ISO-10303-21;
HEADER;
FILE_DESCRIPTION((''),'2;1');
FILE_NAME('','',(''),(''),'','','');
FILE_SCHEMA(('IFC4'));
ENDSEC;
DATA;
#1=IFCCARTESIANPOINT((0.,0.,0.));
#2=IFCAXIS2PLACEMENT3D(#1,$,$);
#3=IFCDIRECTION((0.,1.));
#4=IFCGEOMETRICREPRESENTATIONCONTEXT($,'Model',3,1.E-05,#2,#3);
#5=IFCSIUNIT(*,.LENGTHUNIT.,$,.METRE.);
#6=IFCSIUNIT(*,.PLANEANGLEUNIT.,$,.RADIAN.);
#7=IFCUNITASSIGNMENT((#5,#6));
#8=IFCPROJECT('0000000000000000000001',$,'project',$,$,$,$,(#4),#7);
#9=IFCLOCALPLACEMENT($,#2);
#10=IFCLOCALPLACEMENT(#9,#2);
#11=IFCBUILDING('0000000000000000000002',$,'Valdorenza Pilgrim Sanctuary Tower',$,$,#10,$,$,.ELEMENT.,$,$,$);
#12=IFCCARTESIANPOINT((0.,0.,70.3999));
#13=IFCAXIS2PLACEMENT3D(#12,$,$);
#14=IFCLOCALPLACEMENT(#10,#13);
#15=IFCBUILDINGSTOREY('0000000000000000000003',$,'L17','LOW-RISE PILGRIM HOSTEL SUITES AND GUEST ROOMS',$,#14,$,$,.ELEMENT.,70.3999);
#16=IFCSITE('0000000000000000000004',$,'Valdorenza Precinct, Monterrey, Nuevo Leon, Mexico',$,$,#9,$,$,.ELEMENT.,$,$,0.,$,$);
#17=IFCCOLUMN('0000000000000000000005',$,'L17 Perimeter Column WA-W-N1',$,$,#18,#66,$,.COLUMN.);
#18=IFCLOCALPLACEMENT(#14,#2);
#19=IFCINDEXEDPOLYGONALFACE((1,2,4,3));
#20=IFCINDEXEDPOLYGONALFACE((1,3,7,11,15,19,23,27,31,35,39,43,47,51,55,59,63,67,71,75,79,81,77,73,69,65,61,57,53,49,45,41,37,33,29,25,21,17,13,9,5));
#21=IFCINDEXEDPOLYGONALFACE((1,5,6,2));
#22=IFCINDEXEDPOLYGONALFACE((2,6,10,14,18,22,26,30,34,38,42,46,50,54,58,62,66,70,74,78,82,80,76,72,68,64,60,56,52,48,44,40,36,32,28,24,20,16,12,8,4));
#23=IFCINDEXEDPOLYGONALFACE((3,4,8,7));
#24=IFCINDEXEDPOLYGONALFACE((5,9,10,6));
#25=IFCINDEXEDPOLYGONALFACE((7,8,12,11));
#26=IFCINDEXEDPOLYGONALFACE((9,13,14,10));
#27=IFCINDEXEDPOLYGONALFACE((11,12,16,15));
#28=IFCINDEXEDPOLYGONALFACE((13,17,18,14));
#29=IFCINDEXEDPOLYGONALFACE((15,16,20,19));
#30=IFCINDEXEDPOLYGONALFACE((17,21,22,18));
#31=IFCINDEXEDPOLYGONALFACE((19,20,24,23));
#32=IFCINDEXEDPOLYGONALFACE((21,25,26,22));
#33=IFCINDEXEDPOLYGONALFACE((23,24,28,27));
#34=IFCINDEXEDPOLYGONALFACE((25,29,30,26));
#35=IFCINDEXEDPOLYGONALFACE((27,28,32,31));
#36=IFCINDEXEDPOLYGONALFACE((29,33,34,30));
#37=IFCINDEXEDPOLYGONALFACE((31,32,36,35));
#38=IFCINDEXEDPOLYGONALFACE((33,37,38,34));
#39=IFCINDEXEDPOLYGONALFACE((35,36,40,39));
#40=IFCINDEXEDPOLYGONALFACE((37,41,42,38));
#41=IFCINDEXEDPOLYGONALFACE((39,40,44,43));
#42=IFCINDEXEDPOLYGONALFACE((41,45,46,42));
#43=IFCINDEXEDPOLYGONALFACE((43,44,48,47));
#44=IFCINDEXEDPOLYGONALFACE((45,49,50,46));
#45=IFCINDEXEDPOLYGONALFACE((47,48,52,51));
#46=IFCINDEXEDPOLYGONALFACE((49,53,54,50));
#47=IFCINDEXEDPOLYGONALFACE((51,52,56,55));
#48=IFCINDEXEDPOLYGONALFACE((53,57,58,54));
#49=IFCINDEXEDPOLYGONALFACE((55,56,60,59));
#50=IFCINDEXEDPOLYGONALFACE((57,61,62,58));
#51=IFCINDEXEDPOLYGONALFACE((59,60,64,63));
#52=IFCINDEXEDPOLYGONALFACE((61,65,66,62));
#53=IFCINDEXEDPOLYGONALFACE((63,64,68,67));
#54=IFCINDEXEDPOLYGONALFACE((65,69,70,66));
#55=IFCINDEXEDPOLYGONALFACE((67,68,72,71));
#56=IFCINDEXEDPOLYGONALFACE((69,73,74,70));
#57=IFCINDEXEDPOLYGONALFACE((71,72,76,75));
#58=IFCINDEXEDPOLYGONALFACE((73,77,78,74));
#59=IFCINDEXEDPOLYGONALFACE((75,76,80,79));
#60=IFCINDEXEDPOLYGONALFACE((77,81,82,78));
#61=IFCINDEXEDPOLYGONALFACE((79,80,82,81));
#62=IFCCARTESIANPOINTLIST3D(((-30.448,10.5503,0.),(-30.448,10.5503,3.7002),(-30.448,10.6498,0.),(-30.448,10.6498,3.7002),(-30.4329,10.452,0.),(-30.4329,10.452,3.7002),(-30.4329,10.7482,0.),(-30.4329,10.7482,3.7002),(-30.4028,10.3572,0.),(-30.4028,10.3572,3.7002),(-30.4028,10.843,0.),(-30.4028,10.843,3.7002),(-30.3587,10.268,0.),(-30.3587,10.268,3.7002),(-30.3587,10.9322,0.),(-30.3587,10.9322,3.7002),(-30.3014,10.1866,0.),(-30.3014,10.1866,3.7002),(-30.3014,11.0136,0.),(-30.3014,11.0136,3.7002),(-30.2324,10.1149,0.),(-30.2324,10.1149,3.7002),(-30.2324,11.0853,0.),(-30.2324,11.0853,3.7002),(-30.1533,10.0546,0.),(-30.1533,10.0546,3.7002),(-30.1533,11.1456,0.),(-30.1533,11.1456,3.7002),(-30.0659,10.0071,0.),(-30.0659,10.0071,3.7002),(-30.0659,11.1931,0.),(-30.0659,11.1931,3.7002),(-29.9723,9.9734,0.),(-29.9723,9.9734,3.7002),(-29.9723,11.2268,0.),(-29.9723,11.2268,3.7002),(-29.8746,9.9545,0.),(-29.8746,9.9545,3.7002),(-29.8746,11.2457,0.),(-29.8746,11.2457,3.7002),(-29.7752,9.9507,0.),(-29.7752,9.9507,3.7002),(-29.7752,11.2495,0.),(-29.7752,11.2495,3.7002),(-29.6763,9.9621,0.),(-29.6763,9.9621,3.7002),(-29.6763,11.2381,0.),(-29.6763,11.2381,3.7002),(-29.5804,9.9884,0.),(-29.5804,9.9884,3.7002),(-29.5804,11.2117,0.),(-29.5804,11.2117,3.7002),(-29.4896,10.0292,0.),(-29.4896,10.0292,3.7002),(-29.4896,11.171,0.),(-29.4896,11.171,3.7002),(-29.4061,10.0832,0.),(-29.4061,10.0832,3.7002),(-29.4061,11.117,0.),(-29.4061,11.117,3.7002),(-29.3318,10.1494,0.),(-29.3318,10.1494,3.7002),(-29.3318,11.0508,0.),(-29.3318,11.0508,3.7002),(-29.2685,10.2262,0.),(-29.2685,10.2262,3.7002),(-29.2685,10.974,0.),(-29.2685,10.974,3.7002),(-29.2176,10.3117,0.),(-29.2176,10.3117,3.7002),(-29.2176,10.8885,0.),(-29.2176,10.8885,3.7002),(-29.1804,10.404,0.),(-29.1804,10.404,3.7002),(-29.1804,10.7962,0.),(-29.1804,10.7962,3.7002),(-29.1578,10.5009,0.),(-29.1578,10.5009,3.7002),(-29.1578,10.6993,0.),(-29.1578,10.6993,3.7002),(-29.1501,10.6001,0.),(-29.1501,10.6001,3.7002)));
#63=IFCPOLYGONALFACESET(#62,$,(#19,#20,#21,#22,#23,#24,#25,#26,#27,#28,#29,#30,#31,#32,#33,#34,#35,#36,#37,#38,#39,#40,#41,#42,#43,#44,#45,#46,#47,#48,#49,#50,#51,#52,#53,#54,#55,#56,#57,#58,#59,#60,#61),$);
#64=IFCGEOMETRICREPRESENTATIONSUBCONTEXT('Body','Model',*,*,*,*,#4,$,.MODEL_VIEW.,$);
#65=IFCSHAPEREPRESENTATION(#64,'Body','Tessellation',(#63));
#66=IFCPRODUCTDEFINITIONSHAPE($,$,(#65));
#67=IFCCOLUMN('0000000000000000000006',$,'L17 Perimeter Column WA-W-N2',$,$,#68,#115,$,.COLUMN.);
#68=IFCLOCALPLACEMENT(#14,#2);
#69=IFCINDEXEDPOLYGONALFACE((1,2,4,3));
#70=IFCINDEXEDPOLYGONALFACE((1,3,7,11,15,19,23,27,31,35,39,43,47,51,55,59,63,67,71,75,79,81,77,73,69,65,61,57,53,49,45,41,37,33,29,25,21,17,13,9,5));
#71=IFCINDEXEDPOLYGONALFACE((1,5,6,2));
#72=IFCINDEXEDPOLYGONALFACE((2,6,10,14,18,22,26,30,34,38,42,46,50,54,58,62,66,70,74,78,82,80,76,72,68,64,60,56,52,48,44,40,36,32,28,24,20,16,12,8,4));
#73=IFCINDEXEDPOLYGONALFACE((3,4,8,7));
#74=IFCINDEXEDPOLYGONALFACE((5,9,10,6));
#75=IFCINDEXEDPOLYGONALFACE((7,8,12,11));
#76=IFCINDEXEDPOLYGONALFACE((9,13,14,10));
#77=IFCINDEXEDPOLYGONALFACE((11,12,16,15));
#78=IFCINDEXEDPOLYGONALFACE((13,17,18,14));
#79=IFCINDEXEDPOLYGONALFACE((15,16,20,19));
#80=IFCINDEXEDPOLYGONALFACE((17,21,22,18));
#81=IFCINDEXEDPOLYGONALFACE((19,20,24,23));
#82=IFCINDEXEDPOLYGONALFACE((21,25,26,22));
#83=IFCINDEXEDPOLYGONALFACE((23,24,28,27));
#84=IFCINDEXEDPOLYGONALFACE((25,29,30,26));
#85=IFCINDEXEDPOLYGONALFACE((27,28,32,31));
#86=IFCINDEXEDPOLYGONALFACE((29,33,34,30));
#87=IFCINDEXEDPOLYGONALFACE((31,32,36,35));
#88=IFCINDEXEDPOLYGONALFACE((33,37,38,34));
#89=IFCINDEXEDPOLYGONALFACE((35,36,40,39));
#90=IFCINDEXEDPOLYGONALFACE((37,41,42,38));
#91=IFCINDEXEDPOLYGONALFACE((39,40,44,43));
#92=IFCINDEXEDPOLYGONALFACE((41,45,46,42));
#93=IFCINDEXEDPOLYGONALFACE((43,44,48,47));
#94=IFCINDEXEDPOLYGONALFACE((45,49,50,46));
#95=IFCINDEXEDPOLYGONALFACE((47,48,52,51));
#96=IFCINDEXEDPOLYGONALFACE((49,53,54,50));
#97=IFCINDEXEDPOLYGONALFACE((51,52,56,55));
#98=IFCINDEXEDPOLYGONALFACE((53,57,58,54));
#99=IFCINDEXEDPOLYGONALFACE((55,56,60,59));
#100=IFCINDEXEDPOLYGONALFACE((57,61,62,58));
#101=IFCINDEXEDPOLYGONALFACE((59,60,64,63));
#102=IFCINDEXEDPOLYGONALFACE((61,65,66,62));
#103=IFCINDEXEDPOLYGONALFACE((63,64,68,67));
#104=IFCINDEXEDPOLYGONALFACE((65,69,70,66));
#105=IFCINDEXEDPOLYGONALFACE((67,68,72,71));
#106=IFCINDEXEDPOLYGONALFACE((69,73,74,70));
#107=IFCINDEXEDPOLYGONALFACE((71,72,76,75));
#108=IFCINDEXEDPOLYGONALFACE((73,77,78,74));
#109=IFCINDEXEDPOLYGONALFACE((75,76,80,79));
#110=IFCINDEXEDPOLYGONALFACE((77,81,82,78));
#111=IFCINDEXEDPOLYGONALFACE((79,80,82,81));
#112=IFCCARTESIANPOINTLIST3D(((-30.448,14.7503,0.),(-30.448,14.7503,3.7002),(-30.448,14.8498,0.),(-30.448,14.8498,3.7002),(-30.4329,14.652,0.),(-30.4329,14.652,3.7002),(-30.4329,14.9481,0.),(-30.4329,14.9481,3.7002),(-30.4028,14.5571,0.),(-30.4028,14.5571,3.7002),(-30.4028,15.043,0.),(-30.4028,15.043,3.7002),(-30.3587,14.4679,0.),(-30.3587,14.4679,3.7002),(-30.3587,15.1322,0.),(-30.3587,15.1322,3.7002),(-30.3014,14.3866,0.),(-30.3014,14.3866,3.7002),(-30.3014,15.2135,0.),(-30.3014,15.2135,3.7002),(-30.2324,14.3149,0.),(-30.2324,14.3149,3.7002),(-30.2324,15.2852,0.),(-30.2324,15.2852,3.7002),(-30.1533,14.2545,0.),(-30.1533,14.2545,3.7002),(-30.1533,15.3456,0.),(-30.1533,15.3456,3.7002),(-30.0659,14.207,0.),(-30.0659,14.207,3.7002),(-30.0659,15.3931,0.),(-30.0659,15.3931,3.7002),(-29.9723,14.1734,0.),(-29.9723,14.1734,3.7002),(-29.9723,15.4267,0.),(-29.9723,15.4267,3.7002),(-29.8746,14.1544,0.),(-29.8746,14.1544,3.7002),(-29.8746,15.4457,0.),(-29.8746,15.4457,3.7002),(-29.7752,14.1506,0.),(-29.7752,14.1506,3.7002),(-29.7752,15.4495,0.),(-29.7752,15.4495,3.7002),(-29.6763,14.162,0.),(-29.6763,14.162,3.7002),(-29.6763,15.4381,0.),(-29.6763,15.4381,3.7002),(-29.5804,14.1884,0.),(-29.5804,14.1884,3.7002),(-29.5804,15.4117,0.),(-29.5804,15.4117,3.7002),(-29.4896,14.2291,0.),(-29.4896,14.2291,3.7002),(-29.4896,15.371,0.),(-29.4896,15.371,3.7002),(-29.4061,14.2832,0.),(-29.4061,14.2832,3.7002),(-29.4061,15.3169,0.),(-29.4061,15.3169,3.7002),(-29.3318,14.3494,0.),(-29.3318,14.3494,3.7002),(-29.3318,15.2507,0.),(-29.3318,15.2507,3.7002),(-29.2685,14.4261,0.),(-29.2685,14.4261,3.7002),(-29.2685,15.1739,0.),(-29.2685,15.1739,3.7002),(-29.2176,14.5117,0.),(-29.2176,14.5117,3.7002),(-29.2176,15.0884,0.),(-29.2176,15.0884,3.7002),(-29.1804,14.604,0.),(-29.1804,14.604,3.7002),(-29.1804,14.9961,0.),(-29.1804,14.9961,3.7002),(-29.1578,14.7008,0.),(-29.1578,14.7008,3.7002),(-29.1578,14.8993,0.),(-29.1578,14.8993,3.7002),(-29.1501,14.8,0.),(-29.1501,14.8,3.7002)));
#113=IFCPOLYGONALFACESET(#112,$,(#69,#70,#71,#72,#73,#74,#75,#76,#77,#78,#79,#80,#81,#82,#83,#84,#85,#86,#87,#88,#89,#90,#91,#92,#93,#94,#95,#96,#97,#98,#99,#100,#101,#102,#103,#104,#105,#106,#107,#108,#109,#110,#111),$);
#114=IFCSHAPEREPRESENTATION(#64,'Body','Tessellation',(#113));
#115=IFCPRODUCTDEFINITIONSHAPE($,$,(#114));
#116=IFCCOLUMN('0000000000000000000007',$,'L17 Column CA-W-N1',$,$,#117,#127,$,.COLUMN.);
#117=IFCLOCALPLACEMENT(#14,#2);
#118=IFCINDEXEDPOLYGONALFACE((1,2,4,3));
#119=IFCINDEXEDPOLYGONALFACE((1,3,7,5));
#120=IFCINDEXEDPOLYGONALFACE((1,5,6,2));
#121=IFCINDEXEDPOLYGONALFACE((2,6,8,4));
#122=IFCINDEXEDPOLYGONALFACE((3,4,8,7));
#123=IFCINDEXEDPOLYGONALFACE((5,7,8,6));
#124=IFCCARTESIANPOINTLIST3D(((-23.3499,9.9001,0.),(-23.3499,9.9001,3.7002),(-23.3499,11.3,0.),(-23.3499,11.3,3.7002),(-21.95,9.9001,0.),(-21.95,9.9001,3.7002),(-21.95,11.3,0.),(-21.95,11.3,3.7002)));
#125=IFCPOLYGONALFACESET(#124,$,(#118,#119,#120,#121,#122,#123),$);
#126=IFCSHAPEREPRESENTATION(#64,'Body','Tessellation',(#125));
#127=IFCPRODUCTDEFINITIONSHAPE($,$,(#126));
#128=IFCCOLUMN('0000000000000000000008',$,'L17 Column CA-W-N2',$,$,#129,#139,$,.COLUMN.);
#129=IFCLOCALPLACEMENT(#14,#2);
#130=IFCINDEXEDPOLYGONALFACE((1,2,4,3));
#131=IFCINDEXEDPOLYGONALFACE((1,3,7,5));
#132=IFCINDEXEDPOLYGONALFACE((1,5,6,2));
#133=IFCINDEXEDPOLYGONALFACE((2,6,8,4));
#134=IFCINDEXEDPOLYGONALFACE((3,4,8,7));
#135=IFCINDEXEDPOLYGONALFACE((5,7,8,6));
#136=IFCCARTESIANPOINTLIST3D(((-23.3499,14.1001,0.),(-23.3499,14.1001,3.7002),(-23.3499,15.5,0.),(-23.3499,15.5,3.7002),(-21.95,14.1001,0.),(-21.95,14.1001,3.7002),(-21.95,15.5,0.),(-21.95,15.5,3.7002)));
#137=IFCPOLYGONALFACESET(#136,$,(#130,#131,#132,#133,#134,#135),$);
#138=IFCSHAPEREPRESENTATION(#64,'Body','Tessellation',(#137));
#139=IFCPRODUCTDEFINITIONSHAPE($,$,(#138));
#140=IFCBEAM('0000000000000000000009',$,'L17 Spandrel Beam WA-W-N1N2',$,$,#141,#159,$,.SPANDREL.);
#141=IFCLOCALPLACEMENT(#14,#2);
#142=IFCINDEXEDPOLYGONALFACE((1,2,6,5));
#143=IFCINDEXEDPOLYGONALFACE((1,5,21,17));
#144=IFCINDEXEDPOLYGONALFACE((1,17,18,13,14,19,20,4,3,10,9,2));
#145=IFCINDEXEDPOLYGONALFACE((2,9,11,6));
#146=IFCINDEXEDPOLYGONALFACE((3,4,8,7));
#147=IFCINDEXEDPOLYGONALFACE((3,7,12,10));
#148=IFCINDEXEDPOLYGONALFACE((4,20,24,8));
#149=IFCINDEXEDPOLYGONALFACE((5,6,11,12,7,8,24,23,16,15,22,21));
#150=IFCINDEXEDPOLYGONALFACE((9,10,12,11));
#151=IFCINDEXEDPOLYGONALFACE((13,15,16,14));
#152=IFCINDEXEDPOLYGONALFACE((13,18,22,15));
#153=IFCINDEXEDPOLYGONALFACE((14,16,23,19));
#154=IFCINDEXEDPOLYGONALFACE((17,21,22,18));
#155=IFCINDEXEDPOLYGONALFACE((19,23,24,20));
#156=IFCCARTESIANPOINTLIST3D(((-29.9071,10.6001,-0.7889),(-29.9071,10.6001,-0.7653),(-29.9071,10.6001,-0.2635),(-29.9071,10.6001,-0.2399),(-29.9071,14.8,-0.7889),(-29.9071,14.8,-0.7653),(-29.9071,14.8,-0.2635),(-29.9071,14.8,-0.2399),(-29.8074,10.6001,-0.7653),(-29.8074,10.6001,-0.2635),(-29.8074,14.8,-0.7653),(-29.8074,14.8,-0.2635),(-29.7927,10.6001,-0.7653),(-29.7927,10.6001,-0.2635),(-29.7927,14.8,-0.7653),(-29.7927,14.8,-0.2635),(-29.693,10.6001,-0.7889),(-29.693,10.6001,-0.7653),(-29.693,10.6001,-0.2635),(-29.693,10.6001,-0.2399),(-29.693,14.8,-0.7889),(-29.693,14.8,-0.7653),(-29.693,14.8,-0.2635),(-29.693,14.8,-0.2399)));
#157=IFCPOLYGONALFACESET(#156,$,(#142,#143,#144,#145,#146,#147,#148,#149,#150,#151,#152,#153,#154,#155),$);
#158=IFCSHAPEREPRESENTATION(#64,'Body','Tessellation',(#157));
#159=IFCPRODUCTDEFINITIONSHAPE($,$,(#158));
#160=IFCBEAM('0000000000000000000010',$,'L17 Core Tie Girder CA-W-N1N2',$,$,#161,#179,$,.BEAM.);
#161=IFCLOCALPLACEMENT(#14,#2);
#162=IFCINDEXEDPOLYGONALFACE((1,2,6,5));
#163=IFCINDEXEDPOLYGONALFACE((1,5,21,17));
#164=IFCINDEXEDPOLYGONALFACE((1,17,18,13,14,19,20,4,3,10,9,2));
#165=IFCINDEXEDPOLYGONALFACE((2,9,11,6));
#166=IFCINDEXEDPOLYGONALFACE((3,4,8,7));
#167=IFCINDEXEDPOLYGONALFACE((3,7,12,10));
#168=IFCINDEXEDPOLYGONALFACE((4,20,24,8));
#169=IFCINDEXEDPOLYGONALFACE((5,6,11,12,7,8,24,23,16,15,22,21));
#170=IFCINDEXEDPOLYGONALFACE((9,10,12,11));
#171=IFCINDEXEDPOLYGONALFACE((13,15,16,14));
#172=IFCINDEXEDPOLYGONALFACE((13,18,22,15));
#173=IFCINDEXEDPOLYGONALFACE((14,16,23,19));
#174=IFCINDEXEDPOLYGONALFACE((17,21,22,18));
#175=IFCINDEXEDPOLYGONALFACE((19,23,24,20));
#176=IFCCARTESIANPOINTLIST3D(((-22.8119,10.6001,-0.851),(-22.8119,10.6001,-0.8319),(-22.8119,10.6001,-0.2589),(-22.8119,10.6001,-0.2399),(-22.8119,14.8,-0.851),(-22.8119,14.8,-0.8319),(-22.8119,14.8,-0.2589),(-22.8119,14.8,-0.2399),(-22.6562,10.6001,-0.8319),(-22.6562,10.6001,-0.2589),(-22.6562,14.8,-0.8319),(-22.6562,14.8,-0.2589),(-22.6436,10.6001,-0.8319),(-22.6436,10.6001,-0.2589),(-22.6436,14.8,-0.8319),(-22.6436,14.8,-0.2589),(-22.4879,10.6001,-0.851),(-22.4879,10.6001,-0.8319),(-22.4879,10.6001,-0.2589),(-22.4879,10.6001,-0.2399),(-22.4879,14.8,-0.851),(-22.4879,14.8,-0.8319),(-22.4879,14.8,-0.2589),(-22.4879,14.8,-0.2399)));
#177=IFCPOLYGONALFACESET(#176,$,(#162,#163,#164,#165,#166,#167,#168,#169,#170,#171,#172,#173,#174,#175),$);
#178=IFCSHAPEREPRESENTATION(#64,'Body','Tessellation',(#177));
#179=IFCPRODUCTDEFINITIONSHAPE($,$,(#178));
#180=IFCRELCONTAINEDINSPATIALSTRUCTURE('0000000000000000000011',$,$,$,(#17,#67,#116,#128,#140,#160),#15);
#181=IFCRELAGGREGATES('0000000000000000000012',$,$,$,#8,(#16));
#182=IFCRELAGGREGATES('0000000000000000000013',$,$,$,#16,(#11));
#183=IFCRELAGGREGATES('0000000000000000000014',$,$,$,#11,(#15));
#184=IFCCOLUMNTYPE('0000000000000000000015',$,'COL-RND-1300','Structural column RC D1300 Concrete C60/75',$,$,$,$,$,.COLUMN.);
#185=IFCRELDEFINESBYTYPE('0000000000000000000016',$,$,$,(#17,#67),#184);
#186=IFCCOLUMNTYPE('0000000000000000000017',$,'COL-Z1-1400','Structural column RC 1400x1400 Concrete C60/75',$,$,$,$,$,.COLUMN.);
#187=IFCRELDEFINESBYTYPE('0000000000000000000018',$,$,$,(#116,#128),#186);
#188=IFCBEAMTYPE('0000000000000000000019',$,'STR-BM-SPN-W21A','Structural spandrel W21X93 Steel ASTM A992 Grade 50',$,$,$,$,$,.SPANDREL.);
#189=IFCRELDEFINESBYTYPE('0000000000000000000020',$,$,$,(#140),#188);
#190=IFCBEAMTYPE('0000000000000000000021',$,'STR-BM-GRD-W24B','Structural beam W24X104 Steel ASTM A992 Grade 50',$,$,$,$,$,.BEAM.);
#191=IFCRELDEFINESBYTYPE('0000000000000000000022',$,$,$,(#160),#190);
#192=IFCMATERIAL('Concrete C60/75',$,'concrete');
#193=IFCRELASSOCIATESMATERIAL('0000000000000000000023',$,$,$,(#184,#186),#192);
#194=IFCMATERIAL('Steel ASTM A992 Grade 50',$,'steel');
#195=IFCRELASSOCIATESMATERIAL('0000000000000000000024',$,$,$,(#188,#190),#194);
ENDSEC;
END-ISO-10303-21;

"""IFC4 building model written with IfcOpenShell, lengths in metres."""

from ifc_helpers import new_model, si_unit, direction, frame, origin, origin_2d, place, context, subcontext, project, spatial, rectangle, circle, i_section, extrude, source, transform, mapped, material, material_profile, profile_set, type_object, element, save


model = new_model("IFC4")

# Units and contexts
model_context = context("Model", 3, precision=1e-05, world=origin(), true_north=direction((0.0, 1.0)))
body_context = subcontext(model_context, "Body", "Model", "MODEL_VIEW")
ifc_project = project(units=[si_unit("LENGTHUNIT", "METRE"), si_unit("PLANEANGLEUNIT", "RADIAN")], contexts=[model_context])

# Site, building, storey
site_placement = place(None, origin())
site = spatial("IfcSite", under=ifc_project, at=site_placement, Name="Valdorenza Precinct, Monterrey, Nuevo Leon, Mexico", CompositionType="ELEMENT", RefElevation=0.0)
building_placement = place(site_placement, origin())
building = spatial("IfcBuilding", under=site, at=building_placement, Name="Valdorenza Pilgrim Sanctuary Tower", CompositionType="ELEMENT")
storey_placement = place(building_placement, frame((0.0, 0.0, 70.3999)))
storey = spatial("IfcBuildingStorey", under=building, at=storey_placement, Name="L17", Description="LOW-RISE PILGRIM HOSTEL SUITES AND GUEST ROOMS", CompositionType="ELEMENT", Elevation=70.3999)

# Columns
ifc_material_1 = material(Name="Concrete C60/75", Category="concrete")
ifc_material_profile_1 = material_profile(ifc_material_1, circle(Radius=0.6499, at=origin_2d()), Name="RC D1300")
ifc_profile_set_1 = profile_set([ifc_material_profile_1], Name="Concrete C60/75")
column_type_1 = type_object("IfcColumnType", Name="COL-RND-1300", Description="Structural column RC D1300 Concrete C60/75", PredefinedType="COLUMN", material=ifc_profile_set_1)
shared_shape_1 = source(origin(), body_context, "Body", "SweptSolid", [
    extrude(circle(Radius=0.6499, at=origin_2d()), origin(), (0.0, 0.0, 1.0), 3.7002),
])
for number, where, z_axis, x_axis, name in (
    (1, (-29.8, 10.6001, 0.0), (0.0, 0.0, 1.0), (1.0, 0.0, 0.0), "L17 Perimeter Column WA-W-N1"),
    (2, (-29.8, 14.8, 0.0), (0.0, 0.0, 1.0), (1.0, 0.0, 0.0), "L17 Perimeter Column WA-W-N2"),
):
    element("IfcColumn", number, at=place(storey_placement, frame(where, z_axis=z_axis, x_axis=x_axis)), inside=storey, type_object=column_type_1, Name=name, PredefinedType="COLUMN", context=body_context, shape_type="MappedRepresentation", body=[
        mapped(shared_shape_1, transform((0.0, 0.0, 0.0), x_axis=(1.0, 0.0, 0.0), y_axis=(0.0, 1.0, 0.0), z_axis=(0.0, 0.0, 1.0), scale=1.0)),
    ])
ifc_material_profile_2 = material_profile(ifc_material_1, rectangle(XDim=1.3999, YDim=1.3999, at=origin_2d()), Name="RC 1400x1400")
ifc_profile_set_2 = profile_set([ifc_material_profile_2], Name="Concrete C60/75")
column_type_2 = type_object("IfcColumnType", Name="COL-Z1-1400", Description="Structural column RC 1400x1400 Concrete C60/75", PredefinedType="COLUMN", material=ifc_profile_set_2)
shared_shape_2 = source(origin(), body_context, "Body", "SweptSolid", [
    extrude(rectangle(XDim=1.3999, YDim=1.3999, at=origin_2d()), origin(), (0.0, 0.0, 1.0), 3.7002),
])
for number, where, z_axis, x_axis, name in (
    (3, (-22.6499, 10.6001, 0.0), (0.0, 0.0, 1.0), (1.0, 0.0, 0.0), "L17 Column CA-W-N1"),
    (4, (-22.6499, 14.8, 0.0), (0.0, 0.0, 1.0), (1.0, 0.0, 0.0), "L17 Column CA-W-N2"),
):
    element("IfcColumn", number, at=place(storey_placement, frame(where, z_axis=z_axis, x_axis=x_axis)), inside=storey, type_object=column_type_2, Name=name, PredefinedType="COLUMN", context=body_context, shape_type="MappedRepresentation", body=[
        mapped(shared_shape_2, transform((0.0, 0.0, 0.0), x_axis=(1.0, 0.0, 0.0), y_axis=(0.0, 1.0, 0.0), z_axis=(0.0, 0.0, 1.0), scale=1.0)),
    ])

# Beams
ifc_material_2 = material(Name="Steel ASTM A992 Grade 50", Category="steel")
ifc_material_profile_3 = material_profile(ifc_material_2, i_section(OverallWidth=0.2141, OverallDepth=0.5491, WebThickness=0.0146, FlangeThickness=0.0237, at=origin_2d()), Name="W21X93")
ifc_profile_set_3 = profile_set([ifc_material_profile_3], Name="Steel ASTM A992 Grade 50")
beam_type_1 = type_object("IfcBeamType", Name="STR-BM-SPN-W21A", Description="Structural spandrel W21X93 Steel ASTM A992 Grade 50", PredefinedType="SPANDREL", material=ifc_profile_set_3)
shared_shape_3 = source(origin(), body_context, "Body", "SweptSolid", [
    extrude(i_section(OverallWidth=0.2141, OverallDepth=0.5491, WebThickness=0.0146, FlangeThickness=0.0237, at=origin_2d()), origin(), (0.0, 0.0, 1.0), 4.2),
])
beam_1_placement = place(storey_placement, frame((-29.8, 10.6001, -0.5144), z_axis=(0.0, 1.0, 0.0), x_axis=(-1.0, 0.0, 0.0)))
element("IfcBeam", 5, at=beam_1_placement, inside=storey, type_object=beam_type_1, Name="L17 Spandrel Beam WA-W-N1N2", PredefinedType="SPANDREL", context=body_context, shape_type="MappedRepresentation", body=[
    mapped(shared_shape_3, transform((0.0, 0.0, 0.0), x_axis=(1.0, 0.0, 0.0), y_axis=(0.0, 1.0, 0.0), z_axis=(0.0, 0.0, 1.0), scale=1.0)),
])
ifc_material_profile_4 = material_profile(ifc_material_2, i_section(OverallWidth=0.324, OverallDepth=0.6111, WebThickness=0.0127, FlangeThickness=0.019, at=origin_2d()), Name="W24X104")
ifc_profile_set_4 = profile_set([ifc_material_profile_4], Name="Steel ASTM A992 Grade 50")
beam_type_2 = type_object("IfcBeamType", Name="STR-BM-GRD-W24B", Description="Structural beam W24X104 Steel ASTM A992 Grade 50", PredefinedType="BEAM", material=ifc_profile_set_4)
shared_shape_4 = source(origin(), body_context, "Body", "SweptSolid", [
    extrude(i_section(OverallWidth=0.324, OverallDepth=0.6111, WebThickness=0.0127, FlangeThickness=0.019, at=origin_2d()), origin(), (0.0, 0.0, 1.0), 4.2),
])
beam_2_placement = place(storey_placement, frame((-22.6499, 10.6001, -0.5454), z_axis=(0.0, 1.0, 0.0), x_axis=(-1.0, 0.0, 0.0)))
element("IfcBeam", 6, at=beam_2_placement, inside=storey, type_object=beam_type_2, Name="L17 Core Tie Girder CA-W-N1N2", PredefinedType="BEAM", context=body_context, shape_type="MappedRepresentation", body=[
    mapped(shared_shape_4, transform((0.0, 0.0, 0.0), x_axis=(1.0, 0.0, 0.0), y_axis=(0.0, 1.0, 0.0), z_axis=(0.0, 0.0, 1.0), scale=1.0)),
])

save(model, "model.ifc")
